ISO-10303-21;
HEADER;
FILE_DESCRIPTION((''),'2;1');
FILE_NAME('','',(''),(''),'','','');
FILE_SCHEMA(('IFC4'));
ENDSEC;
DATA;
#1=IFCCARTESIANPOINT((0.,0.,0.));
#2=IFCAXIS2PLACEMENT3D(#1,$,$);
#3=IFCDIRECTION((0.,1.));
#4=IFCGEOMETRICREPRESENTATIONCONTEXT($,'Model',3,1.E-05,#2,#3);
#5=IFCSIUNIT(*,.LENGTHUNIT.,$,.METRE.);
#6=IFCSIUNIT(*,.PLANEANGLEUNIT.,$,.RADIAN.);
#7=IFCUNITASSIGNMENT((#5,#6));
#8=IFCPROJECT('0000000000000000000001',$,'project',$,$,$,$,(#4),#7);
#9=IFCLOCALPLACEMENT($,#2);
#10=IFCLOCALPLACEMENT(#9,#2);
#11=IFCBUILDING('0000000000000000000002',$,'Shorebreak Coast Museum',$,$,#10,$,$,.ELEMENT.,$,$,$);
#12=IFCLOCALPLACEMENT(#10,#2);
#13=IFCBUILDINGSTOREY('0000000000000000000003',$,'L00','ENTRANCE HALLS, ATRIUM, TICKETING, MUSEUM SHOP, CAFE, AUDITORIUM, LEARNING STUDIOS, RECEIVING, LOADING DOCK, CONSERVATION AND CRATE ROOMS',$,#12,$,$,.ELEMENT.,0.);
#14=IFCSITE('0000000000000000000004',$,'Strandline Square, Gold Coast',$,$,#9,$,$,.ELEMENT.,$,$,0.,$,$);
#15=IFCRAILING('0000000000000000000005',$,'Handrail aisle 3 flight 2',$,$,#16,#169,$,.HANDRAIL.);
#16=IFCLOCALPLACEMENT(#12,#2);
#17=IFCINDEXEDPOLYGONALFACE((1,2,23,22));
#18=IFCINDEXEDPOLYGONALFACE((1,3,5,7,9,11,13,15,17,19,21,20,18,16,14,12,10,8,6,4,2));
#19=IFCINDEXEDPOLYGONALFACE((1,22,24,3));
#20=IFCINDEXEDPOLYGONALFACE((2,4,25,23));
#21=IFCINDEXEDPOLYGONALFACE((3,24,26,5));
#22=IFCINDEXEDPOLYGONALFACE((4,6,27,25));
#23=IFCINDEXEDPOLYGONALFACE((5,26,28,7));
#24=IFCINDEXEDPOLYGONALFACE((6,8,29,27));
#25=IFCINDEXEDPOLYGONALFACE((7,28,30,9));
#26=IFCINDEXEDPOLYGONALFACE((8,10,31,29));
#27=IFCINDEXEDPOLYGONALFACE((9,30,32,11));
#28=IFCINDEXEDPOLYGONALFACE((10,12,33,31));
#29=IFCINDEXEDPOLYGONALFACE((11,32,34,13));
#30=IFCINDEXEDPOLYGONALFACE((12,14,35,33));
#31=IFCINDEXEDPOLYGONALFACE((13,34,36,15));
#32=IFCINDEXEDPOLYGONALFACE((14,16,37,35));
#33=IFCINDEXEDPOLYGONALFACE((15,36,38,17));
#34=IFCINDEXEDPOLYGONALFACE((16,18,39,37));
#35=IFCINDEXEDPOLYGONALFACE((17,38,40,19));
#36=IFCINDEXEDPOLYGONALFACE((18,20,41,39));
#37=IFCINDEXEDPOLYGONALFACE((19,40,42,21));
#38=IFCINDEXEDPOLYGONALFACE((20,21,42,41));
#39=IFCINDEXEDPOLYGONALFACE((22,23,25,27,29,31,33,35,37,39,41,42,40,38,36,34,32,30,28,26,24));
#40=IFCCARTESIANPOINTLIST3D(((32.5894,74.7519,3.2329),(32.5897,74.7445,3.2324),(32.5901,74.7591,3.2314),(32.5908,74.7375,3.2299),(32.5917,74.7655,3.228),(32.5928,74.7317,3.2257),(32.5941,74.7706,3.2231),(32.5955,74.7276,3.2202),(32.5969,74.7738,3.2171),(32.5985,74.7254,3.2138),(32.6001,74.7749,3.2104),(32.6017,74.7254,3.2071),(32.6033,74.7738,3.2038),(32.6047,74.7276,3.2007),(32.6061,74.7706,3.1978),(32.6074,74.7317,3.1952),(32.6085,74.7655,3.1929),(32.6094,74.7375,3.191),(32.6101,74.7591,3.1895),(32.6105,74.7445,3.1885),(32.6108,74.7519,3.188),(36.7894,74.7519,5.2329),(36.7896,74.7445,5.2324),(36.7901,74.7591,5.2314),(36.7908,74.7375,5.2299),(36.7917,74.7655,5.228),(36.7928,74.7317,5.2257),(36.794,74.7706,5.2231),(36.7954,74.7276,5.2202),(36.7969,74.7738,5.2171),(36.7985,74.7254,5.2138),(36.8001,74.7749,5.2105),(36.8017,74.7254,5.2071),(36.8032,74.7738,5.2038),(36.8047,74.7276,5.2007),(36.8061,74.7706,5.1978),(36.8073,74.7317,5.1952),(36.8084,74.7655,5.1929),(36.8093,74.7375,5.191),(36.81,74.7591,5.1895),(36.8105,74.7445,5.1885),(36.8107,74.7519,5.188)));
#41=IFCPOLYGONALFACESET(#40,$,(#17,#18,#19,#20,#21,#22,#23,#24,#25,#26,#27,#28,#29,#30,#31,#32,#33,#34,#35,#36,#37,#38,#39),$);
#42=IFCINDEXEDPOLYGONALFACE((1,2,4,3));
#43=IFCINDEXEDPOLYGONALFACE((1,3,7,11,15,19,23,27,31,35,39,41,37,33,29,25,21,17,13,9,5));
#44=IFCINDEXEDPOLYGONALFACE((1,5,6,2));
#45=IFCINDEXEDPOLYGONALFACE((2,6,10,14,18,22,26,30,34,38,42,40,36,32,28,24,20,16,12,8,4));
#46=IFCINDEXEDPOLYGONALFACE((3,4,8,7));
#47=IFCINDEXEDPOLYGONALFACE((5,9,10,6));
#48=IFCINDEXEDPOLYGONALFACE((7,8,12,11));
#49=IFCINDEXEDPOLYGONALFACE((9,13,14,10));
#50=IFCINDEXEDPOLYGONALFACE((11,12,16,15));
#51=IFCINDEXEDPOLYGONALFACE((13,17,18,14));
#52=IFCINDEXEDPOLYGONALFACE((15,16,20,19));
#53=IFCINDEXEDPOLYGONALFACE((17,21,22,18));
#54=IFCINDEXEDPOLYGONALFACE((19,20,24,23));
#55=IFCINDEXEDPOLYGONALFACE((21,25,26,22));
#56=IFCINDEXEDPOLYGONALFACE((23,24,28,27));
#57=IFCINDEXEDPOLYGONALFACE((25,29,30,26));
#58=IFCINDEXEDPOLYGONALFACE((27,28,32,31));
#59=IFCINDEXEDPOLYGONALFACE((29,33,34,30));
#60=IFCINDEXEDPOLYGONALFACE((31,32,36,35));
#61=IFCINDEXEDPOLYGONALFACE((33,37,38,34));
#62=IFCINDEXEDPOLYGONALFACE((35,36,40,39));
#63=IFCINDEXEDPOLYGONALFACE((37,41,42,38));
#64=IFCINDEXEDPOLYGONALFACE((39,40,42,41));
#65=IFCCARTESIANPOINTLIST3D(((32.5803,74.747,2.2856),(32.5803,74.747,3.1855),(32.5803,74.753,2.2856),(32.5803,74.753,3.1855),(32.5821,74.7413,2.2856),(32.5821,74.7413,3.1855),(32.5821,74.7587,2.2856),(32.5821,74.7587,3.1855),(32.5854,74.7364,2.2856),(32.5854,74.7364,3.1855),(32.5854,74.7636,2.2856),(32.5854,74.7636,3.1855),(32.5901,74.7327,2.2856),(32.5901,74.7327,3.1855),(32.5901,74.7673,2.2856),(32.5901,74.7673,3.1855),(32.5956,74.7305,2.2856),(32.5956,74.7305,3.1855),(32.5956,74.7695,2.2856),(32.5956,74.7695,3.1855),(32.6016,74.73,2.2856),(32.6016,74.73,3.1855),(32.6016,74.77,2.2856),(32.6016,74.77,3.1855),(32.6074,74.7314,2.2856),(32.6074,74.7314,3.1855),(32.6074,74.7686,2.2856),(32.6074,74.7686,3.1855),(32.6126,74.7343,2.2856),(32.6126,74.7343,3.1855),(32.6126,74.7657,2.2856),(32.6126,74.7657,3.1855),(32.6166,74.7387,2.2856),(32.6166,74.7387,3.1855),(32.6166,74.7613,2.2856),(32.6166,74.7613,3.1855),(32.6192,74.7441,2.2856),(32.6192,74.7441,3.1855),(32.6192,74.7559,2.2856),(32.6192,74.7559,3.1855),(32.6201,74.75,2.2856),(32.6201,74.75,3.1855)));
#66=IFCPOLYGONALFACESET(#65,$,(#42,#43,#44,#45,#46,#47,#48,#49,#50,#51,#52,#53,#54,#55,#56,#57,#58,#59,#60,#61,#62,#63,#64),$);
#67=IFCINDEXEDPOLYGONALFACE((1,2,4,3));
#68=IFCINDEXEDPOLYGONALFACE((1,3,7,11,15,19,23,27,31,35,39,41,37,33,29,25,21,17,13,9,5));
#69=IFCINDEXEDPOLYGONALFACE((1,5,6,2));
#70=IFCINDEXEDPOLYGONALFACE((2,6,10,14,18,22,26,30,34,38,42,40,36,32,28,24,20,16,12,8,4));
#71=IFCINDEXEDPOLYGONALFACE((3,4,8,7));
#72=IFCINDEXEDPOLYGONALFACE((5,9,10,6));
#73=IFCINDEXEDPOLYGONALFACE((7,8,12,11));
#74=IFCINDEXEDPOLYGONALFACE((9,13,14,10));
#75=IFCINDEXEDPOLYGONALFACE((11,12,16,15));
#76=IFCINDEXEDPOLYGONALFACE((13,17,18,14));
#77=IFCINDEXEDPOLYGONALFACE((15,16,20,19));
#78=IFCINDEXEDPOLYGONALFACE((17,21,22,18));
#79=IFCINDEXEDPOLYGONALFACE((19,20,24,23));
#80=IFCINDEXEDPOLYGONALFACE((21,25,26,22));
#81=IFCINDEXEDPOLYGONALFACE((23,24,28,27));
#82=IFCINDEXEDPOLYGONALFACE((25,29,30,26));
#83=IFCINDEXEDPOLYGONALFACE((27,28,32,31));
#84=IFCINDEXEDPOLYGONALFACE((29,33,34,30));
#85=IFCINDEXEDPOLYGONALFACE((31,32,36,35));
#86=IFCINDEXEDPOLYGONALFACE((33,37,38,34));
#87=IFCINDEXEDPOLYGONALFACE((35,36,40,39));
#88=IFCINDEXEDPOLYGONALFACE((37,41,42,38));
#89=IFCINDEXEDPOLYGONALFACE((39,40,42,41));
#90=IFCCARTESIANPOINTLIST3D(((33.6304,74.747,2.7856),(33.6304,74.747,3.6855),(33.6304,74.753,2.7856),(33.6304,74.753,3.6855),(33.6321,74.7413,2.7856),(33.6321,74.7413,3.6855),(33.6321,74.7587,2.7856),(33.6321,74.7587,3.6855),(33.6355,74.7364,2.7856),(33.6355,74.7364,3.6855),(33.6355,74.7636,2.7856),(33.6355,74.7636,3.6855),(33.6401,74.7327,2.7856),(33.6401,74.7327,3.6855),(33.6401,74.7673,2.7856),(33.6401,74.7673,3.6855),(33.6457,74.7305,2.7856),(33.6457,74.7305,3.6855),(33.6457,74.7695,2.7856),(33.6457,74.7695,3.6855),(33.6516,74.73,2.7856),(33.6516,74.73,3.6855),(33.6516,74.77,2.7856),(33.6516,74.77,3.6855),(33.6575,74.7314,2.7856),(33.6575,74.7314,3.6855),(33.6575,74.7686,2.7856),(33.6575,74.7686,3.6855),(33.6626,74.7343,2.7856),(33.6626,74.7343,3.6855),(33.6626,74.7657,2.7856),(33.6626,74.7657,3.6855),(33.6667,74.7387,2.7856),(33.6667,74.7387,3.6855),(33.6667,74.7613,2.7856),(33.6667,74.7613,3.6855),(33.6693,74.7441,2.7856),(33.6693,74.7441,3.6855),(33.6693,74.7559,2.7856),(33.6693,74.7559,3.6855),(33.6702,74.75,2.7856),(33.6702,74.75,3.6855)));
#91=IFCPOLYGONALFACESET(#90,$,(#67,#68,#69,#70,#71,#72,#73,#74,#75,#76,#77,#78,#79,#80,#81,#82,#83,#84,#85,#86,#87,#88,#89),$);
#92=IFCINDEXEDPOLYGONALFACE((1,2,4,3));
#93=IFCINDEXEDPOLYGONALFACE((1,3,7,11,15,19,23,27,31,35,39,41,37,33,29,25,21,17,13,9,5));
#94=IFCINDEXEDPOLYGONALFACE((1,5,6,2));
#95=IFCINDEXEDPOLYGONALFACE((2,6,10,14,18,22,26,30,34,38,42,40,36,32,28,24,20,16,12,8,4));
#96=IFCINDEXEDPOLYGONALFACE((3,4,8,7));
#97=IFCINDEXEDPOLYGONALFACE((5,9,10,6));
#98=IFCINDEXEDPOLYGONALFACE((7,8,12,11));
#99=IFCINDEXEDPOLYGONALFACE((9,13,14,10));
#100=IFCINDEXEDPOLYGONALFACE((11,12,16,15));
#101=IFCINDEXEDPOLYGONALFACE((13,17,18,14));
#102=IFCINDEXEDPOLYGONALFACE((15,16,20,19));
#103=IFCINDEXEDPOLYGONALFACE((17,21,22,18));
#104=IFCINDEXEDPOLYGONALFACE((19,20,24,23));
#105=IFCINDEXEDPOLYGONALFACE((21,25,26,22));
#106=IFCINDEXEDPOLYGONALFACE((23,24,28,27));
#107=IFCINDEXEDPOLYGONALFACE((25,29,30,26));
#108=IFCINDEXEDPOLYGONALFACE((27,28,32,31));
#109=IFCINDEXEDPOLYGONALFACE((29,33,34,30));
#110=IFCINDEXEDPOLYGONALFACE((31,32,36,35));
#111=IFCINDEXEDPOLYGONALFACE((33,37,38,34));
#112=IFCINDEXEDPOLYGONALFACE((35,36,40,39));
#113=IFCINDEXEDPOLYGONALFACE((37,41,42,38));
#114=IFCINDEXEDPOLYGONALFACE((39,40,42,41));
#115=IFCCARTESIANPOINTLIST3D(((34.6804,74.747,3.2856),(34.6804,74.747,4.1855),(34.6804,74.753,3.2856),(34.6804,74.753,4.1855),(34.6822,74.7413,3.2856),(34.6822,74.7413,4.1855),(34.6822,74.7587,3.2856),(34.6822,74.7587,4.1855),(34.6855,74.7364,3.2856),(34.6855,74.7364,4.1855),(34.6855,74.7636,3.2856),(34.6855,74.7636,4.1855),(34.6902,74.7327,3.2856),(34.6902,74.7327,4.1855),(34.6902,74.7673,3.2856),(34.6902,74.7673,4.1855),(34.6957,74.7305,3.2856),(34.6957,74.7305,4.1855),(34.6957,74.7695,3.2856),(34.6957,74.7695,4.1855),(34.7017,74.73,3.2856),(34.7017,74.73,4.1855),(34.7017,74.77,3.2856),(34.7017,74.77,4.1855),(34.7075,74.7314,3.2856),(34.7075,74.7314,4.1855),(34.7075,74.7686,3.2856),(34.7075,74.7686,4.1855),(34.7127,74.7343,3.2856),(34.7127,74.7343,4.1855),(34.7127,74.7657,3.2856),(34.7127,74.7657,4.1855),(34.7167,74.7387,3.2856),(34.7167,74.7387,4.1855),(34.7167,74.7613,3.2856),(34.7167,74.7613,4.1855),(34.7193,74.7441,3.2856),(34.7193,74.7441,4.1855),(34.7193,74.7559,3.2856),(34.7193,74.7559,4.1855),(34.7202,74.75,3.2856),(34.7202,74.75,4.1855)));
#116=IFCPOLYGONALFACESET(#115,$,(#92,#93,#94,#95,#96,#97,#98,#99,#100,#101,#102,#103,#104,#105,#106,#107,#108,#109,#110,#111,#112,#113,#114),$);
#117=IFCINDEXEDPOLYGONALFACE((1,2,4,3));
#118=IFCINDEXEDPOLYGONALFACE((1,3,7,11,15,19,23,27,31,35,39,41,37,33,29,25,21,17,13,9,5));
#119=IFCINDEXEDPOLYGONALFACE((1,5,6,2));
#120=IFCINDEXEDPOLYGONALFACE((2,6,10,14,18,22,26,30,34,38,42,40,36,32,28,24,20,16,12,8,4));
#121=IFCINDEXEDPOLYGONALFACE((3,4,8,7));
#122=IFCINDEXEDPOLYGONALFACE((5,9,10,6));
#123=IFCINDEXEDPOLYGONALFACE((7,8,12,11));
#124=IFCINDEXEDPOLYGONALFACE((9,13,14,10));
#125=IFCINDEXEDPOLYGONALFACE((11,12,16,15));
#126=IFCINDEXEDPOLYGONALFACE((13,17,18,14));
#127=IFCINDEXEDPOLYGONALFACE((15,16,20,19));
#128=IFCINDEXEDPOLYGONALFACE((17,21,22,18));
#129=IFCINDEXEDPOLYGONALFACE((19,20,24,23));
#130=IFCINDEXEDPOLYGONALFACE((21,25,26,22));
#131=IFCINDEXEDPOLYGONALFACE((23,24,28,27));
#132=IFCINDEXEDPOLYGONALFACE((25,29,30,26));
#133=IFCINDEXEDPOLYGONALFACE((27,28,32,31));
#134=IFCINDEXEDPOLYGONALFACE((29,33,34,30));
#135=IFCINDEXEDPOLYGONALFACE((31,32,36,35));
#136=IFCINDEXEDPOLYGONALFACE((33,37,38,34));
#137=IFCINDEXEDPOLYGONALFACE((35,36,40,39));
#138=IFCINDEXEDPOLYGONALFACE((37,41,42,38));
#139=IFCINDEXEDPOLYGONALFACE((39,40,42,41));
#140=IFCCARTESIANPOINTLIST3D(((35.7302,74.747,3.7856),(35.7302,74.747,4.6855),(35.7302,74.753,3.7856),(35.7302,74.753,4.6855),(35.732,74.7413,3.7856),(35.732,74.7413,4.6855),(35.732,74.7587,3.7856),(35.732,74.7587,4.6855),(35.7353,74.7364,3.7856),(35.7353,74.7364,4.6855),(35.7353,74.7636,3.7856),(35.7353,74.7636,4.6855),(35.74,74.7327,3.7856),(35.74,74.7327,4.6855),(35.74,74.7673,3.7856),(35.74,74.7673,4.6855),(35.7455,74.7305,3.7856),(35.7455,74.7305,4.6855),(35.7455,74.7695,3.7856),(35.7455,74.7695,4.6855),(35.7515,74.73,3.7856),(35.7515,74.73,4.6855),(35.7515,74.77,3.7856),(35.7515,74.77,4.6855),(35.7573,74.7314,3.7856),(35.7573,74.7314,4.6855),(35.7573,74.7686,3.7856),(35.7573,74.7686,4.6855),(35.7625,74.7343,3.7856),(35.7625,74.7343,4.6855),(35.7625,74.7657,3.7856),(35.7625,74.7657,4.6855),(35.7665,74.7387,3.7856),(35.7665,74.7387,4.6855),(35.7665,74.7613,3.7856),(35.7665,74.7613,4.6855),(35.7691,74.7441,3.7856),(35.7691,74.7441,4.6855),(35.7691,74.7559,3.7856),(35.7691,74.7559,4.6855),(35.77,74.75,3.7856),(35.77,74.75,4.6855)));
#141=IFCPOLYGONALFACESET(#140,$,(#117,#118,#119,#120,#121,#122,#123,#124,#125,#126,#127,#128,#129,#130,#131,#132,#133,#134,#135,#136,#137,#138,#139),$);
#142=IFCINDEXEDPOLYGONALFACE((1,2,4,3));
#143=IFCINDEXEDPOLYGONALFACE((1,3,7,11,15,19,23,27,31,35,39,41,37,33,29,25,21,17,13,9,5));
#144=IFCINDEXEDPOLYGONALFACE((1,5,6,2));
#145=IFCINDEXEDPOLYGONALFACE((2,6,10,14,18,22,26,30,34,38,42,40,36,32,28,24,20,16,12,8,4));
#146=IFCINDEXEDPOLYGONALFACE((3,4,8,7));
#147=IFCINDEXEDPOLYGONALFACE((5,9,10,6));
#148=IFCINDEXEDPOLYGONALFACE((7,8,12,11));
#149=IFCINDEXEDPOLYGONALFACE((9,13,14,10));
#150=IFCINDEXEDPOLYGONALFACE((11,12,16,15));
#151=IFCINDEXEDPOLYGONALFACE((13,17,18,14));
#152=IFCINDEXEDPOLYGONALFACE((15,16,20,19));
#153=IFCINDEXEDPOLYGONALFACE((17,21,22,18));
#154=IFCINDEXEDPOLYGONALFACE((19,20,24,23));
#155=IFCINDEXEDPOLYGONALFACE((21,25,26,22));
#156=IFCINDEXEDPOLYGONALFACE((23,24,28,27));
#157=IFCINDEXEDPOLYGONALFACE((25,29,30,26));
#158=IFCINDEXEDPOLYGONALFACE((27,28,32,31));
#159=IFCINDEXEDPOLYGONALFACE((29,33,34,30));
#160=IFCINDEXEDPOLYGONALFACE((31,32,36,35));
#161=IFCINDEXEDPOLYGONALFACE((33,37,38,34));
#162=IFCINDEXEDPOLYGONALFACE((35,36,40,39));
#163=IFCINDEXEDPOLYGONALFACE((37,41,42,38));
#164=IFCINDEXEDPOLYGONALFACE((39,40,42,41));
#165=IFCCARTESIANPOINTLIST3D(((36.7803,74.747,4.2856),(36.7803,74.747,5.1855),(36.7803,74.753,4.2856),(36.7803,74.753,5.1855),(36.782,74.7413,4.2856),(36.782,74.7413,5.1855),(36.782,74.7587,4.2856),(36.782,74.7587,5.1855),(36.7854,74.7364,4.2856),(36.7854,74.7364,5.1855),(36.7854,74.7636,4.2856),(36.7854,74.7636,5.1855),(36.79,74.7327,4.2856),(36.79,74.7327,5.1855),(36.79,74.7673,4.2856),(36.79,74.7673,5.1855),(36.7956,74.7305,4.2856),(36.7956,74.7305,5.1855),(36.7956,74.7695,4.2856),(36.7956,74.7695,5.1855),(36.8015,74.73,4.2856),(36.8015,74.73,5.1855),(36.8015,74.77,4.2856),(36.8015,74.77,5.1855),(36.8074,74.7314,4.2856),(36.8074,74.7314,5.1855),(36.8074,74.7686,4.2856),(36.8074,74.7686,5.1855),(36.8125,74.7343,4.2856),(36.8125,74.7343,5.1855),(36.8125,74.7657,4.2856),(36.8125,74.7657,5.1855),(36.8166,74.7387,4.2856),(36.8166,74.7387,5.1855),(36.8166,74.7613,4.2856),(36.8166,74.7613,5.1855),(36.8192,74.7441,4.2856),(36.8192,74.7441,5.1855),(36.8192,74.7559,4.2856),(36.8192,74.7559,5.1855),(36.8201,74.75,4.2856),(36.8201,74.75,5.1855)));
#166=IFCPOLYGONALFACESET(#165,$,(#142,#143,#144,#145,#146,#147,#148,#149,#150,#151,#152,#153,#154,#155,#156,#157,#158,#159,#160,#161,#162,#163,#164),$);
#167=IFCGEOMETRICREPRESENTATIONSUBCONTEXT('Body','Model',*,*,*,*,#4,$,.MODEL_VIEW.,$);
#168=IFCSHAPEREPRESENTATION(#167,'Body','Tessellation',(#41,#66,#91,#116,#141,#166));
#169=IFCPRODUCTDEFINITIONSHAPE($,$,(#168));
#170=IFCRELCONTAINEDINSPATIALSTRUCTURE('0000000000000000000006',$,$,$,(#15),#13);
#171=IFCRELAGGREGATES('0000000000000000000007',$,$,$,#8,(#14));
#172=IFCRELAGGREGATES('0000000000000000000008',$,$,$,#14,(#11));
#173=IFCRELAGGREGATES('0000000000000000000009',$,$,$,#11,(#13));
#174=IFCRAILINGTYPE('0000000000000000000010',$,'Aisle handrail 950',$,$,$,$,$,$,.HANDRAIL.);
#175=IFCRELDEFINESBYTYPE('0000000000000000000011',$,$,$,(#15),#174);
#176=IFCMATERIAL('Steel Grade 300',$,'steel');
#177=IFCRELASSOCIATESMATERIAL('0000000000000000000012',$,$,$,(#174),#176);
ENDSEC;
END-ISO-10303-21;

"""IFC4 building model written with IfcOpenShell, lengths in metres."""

from ifc_helpers import new_model, si_unit, direction, frame, origin, origin_2d, place, context, subcontext, project, spatial, circle, extrude, material, type_object, element, save


model = new_model("IFC4")

# Units and contexts
model_context = context("Model", 3, precision=1e-05, world=origin(), true_north=direction((0.0, 1.0)))
body_context = subcontext(model_context, "Body", "Model", "MODEL_VIEW")
ifc_project = project(units=[si_unit("LENGTHUNIT", "METRE"), si_unit("PLANEANGLEUNIT", "RADIAN")], contexts=[model_context])

# Site, building, storey
site_placement = place(None, origin())
site = spatial("IfcSite", under=ifc_project, at=site_placement, Name="Strandline Square, Gold Coast", CompositionType="ELEMENT", RefElevation=0.0)
building_placement = place(site_placement, origin())
building = spatial("IfcBuilding", under=site, at=building_placement, Name="Shorebreak Coast Museum", CompositionType="ELEMENT")
storey_placement = place(building_placement, origin())
storey = spatial("IfcBuildingStorey", under=building, at=storey_placement, Name="L00", Description="ENTRANCE HALLS, ATRIUM, TICKETING, MUSEUM SHOP, CAFE, AUDITORIUM, LEARNING STUDIOS, RECEIVING, LOADING DOCK, CONSERVATION AND CRATE ROOMS", CompositionType="ELEMENT", Elevation=0.0)

# Railing
ifc_material_1 = material(Name="Steel Grade 300", Category="steel")
railing_type = type_object("IfcRailingType", Name="Aisle handrail 950", PredefinedType="HANDRAIL", material=ifc_material_1)
for number, where, name in (
    (1, (32.6001, 74.75, 2.2856), "Handrail aisle 3 flight 2"),
):
    element("IfcRailing", number, at=place(storey_placement, frame(where)), inside=storey, type_object=railing_type, Name=name, PredefinedType="HANDRAIL", context=body_context, shape_type="SweptSolid", body=[
        extrude(circle(Radius=0.0249, at=origin_2d()), frame((0.0, 0.0, 0.9248), z_axis=(0.902859, 0.0, 0.429938), x_axis=(0.0, 1.0, 0.0)), (0.0, 0.0, 1.0), 4.6519),
        extrude(circle(Radius=0.02, at=origin_2d()), origin(), (0.0, 0.0, 1.0), 0.8999),
        extrude(circle(Radius=0.02, at=origin_2d()), frame((1.05, 0.0, 0.5)), (0.0, 0.0, 1.0), 0.8999),
        extrude(circle(Radius=0.02, at=origin_2d()), frame((2.1001, 0.0, 1.0)), (0.0, 0.0, 1.0), 0.8999),
        extrude(circle(Radius=0.02, at=origin_2d()), frame((3.1499, 0.0, 1.5)), (0.0, 0.0, 1.0), 0.8999),
        extrude(circle(Radius=0.02, at=origin_2d()), frame((4.2, 0.0, 2.0)), (0.0, 0.0, 1.0), 0.8999),
    ])

save(model, "model.ifc")
